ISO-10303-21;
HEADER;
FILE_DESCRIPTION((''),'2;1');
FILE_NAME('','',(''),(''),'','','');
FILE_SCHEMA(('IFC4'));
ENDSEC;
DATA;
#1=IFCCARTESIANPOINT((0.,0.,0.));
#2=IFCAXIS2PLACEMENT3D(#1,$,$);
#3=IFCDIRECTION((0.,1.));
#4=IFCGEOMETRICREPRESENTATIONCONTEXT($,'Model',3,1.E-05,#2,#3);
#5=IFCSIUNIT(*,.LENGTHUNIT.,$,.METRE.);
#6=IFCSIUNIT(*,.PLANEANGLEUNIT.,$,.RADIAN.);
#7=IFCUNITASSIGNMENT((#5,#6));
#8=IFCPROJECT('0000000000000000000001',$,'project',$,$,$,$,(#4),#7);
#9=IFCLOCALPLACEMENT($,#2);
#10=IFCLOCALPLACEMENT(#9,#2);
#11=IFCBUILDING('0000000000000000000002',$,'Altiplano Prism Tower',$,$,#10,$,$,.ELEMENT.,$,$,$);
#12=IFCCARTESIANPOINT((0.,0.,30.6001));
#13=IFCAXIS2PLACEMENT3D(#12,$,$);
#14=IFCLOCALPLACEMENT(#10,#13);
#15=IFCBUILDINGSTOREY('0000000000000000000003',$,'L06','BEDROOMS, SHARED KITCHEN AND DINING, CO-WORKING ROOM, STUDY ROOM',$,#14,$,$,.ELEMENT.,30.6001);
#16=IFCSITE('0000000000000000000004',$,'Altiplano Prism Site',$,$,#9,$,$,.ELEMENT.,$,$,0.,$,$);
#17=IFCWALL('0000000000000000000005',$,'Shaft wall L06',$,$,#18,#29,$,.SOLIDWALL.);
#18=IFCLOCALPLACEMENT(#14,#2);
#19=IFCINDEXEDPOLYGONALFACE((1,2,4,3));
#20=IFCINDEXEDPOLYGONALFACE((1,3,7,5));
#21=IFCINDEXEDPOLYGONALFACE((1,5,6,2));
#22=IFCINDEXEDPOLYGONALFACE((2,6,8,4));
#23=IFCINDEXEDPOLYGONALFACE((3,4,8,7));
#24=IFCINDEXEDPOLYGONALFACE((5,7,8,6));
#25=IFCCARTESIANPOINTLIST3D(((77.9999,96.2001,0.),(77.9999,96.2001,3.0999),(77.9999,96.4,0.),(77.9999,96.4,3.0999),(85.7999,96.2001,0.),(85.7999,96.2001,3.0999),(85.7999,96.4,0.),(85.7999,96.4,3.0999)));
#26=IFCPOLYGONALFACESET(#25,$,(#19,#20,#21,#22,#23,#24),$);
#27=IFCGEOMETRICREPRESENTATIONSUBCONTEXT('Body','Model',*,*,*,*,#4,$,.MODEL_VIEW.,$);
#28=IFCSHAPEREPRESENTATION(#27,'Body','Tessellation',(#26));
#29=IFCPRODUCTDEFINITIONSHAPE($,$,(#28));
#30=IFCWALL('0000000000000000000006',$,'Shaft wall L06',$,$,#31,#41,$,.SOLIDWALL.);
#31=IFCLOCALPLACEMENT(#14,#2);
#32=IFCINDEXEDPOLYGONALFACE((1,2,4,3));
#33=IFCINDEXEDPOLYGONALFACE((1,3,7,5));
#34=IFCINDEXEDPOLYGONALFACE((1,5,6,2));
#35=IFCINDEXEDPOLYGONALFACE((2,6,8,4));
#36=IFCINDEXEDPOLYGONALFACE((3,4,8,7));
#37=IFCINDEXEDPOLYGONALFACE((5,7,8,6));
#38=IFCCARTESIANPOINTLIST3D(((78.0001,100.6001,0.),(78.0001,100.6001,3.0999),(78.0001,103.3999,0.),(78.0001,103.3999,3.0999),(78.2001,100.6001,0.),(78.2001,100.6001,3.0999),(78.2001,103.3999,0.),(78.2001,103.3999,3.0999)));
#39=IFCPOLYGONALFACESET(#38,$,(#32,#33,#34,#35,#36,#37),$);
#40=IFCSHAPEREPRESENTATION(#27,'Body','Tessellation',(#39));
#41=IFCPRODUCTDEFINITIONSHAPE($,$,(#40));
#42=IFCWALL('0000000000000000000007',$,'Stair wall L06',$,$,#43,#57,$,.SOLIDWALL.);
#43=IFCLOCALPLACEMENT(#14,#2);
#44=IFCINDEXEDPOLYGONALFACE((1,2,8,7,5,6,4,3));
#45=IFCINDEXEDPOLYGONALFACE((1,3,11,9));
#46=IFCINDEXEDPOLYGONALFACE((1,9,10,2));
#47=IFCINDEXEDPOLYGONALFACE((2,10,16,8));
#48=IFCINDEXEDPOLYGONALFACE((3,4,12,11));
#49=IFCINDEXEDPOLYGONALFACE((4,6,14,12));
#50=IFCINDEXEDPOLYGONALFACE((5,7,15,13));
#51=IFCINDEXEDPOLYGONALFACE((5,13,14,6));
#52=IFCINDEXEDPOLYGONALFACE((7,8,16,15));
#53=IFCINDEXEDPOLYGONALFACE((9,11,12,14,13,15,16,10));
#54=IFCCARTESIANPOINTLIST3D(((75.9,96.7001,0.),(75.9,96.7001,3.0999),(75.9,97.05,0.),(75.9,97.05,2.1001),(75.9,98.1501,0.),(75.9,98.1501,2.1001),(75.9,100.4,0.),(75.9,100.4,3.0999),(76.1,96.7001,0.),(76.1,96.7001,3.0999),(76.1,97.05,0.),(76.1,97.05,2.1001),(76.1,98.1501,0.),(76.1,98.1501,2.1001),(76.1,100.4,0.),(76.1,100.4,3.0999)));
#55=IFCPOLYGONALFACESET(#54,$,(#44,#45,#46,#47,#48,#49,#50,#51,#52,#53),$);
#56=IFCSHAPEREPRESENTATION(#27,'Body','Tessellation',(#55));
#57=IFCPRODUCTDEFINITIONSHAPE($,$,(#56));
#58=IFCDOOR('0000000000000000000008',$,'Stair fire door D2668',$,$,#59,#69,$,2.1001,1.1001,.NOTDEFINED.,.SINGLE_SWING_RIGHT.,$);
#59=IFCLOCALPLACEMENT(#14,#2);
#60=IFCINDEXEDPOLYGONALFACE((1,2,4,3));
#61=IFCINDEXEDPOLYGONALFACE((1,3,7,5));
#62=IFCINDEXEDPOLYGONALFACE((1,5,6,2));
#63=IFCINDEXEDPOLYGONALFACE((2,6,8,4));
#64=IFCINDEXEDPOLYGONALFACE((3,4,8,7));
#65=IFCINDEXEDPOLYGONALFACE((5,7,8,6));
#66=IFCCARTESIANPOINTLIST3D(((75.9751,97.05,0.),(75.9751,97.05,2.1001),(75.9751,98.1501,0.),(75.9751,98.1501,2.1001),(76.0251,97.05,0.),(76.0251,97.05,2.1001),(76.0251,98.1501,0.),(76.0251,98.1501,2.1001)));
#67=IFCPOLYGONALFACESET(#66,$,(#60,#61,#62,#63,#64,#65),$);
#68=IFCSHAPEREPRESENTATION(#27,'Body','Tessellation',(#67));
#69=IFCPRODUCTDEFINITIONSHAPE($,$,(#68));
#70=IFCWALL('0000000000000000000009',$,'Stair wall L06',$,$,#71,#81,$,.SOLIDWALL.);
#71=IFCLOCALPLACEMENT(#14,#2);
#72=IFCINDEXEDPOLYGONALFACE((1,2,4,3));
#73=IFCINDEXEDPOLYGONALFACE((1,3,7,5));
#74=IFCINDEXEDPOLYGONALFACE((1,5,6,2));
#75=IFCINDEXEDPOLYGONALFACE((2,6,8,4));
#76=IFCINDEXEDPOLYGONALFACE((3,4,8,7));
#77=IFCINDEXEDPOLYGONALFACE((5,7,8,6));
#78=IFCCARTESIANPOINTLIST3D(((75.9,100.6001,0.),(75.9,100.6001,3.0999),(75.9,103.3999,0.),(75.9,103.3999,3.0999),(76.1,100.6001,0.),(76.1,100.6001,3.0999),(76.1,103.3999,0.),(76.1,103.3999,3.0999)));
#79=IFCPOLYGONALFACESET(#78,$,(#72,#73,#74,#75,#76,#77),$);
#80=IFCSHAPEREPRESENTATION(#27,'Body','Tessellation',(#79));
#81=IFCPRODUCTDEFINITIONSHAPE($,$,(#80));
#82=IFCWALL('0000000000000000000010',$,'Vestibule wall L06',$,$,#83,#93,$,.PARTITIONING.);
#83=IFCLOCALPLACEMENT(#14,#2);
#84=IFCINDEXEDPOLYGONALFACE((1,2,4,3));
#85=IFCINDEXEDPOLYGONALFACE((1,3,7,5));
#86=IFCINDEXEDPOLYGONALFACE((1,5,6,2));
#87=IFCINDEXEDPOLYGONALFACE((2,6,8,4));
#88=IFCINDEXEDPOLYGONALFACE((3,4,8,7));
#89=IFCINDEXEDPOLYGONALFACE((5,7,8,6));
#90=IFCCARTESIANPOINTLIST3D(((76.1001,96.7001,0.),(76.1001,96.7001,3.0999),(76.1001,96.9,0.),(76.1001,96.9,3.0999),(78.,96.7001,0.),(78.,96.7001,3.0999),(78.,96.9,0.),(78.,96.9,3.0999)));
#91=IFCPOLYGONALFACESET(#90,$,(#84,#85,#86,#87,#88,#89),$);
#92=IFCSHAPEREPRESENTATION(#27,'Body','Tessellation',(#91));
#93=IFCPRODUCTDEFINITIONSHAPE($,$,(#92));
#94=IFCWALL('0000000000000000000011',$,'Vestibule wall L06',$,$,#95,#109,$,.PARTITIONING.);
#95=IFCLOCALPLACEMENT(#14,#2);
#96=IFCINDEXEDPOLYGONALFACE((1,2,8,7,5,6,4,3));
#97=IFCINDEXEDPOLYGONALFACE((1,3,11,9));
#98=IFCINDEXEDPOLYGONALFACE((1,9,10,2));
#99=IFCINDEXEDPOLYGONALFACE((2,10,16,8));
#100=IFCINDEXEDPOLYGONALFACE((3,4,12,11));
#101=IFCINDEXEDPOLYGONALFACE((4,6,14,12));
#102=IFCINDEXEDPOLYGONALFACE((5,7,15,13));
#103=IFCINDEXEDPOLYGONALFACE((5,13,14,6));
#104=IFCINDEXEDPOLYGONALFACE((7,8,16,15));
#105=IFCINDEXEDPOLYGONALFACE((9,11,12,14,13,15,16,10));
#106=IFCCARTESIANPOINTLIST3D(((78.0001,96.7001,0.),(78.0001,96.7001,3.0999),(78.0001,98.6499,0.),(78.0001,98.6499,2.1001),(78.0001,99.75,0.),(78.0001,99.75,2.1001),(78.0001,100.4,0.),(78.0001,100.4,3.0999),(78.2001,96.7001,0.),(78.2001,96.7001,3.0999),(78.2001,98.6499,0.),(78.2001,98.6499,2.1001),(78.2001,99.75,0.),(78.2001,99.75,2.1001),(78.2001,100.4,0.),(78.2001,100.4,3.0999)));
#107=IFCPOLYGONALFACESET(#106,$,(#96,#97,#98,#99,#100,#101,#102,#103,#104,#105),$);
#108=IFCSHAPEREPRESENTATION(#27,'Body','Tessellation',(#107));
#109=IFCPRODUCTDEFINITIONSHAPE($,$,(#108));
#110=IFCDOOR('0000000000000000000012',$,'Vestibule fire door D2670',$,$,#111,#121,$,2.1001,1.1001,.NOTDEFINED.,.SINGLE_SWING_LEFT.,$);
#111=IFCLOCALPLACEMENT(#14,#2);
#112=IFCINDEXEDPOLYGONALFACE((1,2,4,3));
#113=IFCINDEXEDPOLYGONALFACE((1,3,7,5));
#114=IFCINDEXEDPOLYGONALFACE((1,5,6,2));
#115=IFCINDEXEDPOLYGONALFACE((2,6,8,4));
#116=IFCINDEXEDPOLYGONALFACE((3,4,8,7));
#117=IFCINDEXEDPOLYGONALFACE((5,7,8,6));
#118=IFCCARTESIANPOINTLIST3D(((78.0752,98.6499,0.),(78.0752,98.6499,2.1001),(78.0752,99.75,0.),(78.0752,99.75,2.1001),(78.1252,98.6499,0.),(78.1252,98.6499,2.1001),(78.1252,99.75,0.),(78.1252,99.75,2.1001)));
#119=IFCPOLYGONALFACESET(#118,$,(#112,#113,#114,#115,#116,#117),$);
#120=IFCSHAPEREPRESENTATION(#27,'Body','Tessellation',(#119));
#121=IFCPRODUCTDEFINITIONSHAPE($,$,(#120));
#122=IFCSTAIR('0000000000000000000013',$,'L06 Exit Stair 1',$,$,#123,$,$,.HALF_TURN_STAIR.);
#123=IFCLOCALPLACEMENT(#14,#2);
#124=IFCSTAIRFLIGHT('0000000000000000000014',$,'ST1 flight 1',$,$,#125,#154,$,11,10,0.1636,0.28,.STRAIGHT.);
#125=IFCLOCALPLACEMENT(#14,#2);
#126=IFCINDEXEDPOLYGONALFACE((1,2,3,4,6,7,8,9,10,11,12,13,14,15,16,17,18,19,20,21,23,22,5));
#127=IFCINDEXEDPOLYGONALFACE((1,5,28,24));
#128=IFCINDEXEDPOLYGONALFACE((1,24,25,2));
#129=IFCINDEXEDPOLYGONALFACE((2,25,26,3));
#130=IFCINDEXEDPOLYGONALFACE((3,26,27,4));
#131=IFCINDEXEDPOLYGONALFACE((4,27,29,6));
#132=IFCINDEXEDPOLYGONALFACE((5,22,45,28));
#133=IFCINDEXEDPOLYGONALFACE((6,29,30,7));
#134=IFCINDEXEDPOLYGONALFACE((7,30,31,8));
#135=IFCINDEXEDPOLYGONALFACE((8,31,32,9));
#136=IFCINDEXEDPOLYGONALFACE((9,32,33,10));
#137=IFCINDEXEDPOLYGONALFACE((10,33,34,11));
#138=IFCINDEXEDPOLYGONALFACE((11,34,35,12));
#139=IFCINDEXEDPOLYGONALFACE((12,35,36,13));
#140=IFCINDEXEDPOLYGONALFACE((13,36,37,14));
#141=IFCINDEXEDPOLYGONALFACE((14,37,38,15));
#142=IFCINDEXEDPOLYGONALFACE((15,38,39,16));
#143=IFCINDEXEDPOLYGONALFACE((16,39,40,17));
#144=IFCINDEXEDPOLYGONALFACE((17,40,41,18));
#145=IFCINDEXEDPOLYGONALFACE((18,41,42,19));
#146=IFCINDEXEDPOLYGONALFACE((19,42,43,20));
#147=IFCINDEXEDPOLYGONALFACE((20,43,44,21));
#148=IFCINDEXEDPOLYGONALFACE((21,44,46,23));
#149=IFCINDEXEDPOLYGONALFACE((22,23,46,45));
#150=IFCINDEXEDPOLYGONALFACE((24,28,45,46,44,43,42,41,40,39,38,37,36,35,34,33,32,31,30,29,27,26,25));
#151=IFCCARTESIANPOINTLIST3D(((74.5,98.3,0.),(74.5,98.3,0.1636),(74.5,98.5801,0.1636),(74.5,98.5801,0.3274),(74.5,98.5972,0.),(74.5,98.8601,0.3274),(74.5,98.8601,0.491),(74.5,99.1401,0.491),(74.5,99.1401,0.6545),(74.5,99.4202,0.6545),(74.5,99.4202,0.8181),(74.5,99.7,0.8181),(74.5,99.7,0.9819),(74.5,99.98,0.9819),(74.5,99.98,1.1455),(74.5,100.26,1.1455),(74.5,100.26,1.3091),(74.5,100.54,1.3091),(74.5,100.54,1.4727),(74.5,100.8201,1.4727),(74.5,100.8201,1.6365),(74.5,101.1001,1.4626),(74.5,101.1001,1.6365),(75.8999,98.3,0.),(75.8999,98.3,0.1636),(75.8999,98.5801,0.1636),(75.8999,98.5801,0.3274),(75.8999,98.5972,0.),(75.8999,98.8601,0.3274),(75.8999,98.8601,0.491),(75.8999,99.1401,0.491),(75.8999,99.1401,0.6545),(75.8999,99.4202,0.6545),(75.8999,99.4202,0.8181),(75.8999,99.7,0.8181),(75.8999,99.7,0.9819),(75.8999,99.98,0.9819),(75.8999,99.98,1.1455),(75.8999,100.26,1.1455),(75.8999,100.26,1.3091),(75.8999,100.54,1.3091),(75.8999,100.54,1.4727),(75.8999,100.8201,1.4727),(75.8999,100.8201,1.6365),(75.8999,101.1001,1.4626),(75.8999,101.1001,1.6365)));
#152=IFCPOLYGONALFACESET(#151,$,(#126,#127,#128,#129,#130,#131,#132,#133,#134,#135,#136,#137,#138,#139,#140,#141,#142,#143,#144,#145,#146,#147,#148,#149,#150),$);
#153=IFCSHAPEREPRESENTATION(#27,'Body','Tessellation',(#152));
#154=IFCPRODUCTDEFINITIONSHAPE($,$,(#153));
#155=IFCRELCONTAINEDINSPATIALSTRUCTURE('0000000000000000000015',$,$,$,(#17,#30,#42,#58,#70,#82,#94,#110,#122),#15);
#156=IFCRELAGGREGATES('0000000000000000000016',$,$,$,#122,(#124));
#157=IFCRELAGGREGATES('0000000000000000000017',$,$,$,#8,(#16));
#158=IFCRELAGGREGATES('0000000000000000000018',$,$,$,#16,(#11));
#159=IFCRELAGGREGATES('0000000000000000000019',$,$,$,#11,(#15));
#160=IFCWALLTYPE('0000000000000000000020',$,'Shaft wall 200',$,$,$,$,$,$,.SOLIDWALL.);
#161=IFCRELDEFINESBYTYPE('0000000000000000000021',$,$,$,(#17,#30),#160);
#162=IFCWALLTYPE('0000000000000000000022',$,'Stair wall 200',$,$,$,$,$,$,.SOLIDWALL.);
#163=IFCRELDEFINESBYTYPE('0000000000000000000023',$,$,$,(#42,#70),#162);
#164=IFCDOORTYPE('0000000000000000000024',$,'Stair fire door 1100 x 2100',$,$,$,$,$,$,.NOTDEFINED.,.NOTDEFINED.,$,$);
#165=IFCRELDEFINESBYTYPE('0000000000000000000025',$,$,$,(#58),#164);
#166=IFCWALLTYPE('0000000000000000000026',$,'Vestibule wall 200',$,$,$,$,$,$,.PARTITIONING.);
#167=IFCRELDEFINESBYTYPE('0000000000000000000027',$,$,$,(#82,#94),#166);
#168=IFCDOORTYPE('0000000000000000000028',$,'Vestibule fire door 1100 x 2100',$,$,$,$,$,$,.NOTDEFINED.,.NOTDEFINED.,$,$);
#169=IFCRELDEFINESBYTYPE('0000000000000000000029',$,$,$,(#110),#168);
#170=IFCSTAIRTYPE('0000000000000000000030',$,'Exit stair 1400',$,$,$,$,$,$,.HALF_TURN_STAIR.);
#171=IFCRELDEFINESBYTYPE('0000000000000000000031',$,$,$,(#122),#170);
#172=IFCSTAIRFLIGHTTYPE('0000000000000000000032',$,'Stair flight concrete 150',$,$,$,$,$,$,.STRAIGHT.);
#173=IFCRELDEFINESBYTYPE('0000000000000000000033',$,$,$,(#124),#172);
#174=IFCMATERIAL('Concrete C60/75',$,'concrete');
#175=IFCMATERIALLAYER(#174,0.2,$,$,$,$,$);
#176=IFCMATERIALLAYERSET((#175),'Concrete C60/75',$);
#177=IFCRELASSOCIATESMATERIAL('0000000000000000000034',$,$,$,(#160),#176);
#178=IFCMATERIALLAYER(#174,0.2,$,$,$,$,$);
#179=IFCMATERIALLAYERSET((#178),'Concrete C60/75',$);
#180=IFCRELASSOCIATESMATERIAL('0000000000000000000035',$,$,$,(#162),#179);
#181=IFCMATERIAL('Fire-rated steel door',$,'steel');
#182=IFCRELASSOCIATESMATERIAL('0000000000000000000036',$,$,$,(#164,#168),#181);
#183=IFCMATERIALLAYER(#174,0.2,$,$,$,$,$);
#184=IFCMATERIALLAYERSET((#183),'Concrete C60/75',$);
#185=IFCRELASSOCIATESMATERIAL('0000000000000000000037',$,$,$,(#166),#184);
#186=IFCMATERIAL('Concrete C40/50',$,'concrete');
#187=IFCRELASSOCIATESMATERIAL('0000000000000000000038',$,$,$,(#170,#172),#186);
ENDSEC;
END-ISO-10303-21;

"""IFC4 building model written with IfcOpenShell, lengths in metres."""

from ifc_helpers import new_model, si_unit, direction, frame, frame_2d, origin, place, context, subcontext, project, spatial, polyline, rectangle, outline, extrude, material, layer, layer_set, type_object, element, fill, aggregate, save


model = new_model("IFC4")

# Units and contexts
model_context = context("Model", 3, precision=1e-05, world=origin(), true_north=direction((0.0, 1.0)))
body_context = subcontext(model_context, "Body", "Model", "MODEL_VIEW")
ifc_project = project(units=[si_unit("LENGTHUNIT", "METRE"), si_unit("PLANEANGLEUNIT", "RADIAN")], contexts=[model_context])

# Site, building, storey
site_placement = place(None, origin())
site = spatial("IfcSite", under=ifc_project, at=site_placement, Name="Altiplano Prism Site", CompositionType="ELEMENT", RefElevation=0.0)
building_placement = place(site_placement, origin())
building = spatial("IfcBuilding", under=site, at=building_placement, Name="Altiplano Prism Tower", CompositionType="ELEMENT")
storey_placement = place(building_placement, frame((0.0, 0.0, 30.6001)))
storey = spatial("IfcBuildingStorey", under=building, at=storey_placement, Name="L06", Description="BEDROOMS, SHARED KITCHEN AND DINING, CO-WORKING ROOM, STUDY ROOM", CompositionType="ELEMENT", Elevation=30.6001)

# Walls
ifc_material_1 = material(Name="Concrete C60/75", Category="concrete")
ifc_layer_1 = layer(ifc_material_1, 0.2)
ifc_layer_set_1 = layer_set([ifc_layer_1], Name="Concrete C60/75")
wall_type_1 = type_object("IfcWallType", Name="Shaft wall 200", PredefinedType="SOLIDWALL", material=ifc_layer_set_1)
wall_1_placement = place(storey_placement, frame((78.0, 96.3, 0.0), z_axis=(0.0, 0.0, 1.0), x_axis=(1.0, 0.0, 0.0)))
element("IfcWall", 1, at=wall_1_placement, inside=storey, type_object=wall_type_1, Name="Shaft wall L06", PredefinedType="SOLIDWALL", context=body_context, shape_type="SweptSolid", body=[
    extrude(rectangle(XDim=7.8, YDim=0.2, at=frame_2d((3.8999, 0.0))), origin(), (0.0, 0.0, 1.0), 3.0999),
])
wall_2_placement = place(storey_placement, frame((78.1001, 100.6001, 0.0), z_axis=(0.0, 0.0, 1.0), x_axis=(0.0, 1.0, 0.0)))
element("IfcWall", 2, at=wall_2_placement, inside=storey, type_object=wall_type_1, Name="Shaft wall L06", PredefinedType="SOLIDWALL", context=body_context, shape_type="SweptSolid", body=[
    extrude(rectangle(XDim=2.7998, YDim=0.2, at=frame_2d((1.3999, 0.0))), origin(), (0.0, 0.0, 1.0), 3.0999),
])

# Wall, opening, door
ifc_layer_2 = layer(ifc_material_1, 0.2)
ifc_layer_set_2 = layer_set([ifc_layer_2], Name="Concrete C60/75")
wall_type_2 = type_object("IfcWallType", Name="Stair wall 200", PredefinedType="SOLIDWALL", material=ifc_layer_set_2)
wall_3_placement = place(storey_placement, frame((76.0, 96.7, 0.0), z_axis=(0.0, 0.0, 1.0), x_axis=(0.0, 1.0, 0.0)))
wall_3 = element("IfcWall", 3, at=wall_3_placement, inside=storey, type_object=wall_type_2, Name="Stair wall L06", PredefinedType="SOLIDWALL", context=body_context, shape_type="SweptSolid", body=[
    extrude(rectangle(XDim=3.7, YDim=0.2, at=frame_2d((1.8501, 0.0))), origin(), (0.0, 0.0, 1.0), 3.0999),
])
opening_1_placement = place(wall_3_placement, frame((0.3501, 0.0, 0.0)))
opening_1 = element("IfcOpeningElement", 4, at=opening_1_placement, cuts=wall_3, PredefinedType="OPENING", context=body_context, shape_type="SweptSolid", body=[
    extrude(rectangle(XDim=1.1001, YDim=2.1001, at=frame_2d((0.55, 1.05))), frame((0.0, 0.1104, 0.0), z_axis=(0.0, -1.0, 0.0), x_axis=(1.0, 0.0, 0.0)), (0.0, 0.0, 1.0), 0.2209),
])
ifc_material_2 = material(Name="Fire-rated steel door", Category="steel")
door_type_1 = type_object("IfcDoorType", Name="Stair fire door 1100 x 2100", OperationType="NOTDEFINED", PredefinedType="NOTDEFINED", material=ifc_material_2)
door_1_placement = place(opening_1_placement, origin())
door_1 = element("IfcDoor", 5, at=door_1_placement, inside=storey, type_object=door_type_1, Name="Stair fire door D2668", OperationType="SINGLE_SWING_RIGHT", OverallHeight=2.1001, OverallWidth=1.1001, PredefinedType="NOTDEFINED", context=body_context, shape_type="SweptSolid", body=[
    extrude(rectangle(XDim=1.1001, YDim=2.1001, at=frame_2d((0.55, 1.05))), frame((0.0, 0.0249, 0.0), z_axis=(0.0, -1.0, 0.0), x_axis=(1.0, 0.0, 0.0)), (0.0, 0.0, 1.0), 0.05),
])
fill(opening_1, door_1)

# Walls
wall_4_placement = place(storey_placement, frame((76.0, 100.6001, 0.0), z_axis=(0.0, 0.0, 1.0), x_axis=(0.0, 1.0, 0.0)))
element("IfcWall", 6, at=wall_4_placement, inside=storey, type_object=wall_type_2, Name="Stair wall L06", PredefinedType="SOLIDWALL", context=body_context, shape_type="SweptSolid", body=[
    extrude(rectangle(XDim=2.7998, YDim=0.2, at=frame_2d((1.3999, 0.0))), origin(), (0.0, 0.0, 1.0), 3.0999),
])
ifc_layer_3 = layer(ifc_material_1, 0.2)
ifc_layer_set_3 = layer_set([ifc_layer_3], Name="Concrete C60/75")
wall_type_3 = type_object("IfcWallType", Name="Vestibule wall 200", PredefinedType="PARTITIONING", material=ifc_layer_set_3)
wall_5_placement = place(storey_placement, frame((76.1001, 96.8, 0.0), z_axis=(0.0, 0.0, 1.0), x_axis=(1.0, 0.0, 0.0)))
element("IfcWall", 7, at=wall_5_placement, inside=storey, type_object=wall_type_3, Name="Vestibule wall L06", PredefinedType="PARTITIONING", context=body_context, shape_type="SweptSolid", body=[
    extrude(rectangle(XDim=1.8999, YDim=0.2, at=frame_2d((0.95, 0.0))), origin(), (0.0, 0.0, 1.0), 3.0999),
])

# Wall, opening, door
wall_6_placement = place(storey_placement, frame((78.1001, 96.7, 0.0), z_axis=(0.0, 0.0, 1.0), x_axis=(0.0, 1.0, 0.0)))
wall_6 = element("IfcWall", 8, at=wall_6_placement, inside=storey, type_object=wall_type_3, Name="Vestibule wall L06", PredefinedType="PARTITIONING", context=body_context, shape_type="SweptSolid", body=[
    extrude(rectangle(XDim=3.7, YDim=0.2, at=frame_2d((1.8501, 0.0))), origin(), (0.0, 0.0, 1.0), 3.0999),
])
opening_2_placement = place(wall_6_placement, frame((1.95, 0.0, 0.0)))
opening_2 = element("IfcOpeningElement", 9, at=opening_2_placement, cuts=wall_6, PredefinedType="OPENING", context=body_context, shape_type="SweptSolid", body=[
    extrude(rectangle(XDim=1.1001, YDim=2.1001, at=frame_2d((0.55, 1.05))), frame((0.0, 0.1104, 0.0), z_axis=(0.0, -1.0, 0.0), x_axis=(1.0, 0.0, 0.0)), (0.0, 0.0, 1.0), 0.2209),
])
door_type_2 = type_object("IfcDoorType", Name="Vestibule fire door 1100 x 2100", OperationType="NOTDEFINED", PredefinedType="NOTDEFINED", material=ifc_material_2)
door_2_placement = place(opening_2_placement, origin())
door_2 = element("IfcDoor", 10, at=door_2_placement, inside=storey, type_object=door_type_2, Name="Vestibule fire door D2670", OperationType="SINGLE_SWING_LEFT", OverallHeight=2.1001, OverallWidth=1.1001, PredefinedType="NOTDEFINED", context=body_context, shape_type="SweptSolid", body=[
    extrude(rectangle(XDim=1.1001, YDim=2.1001, at=frame_2d((0.55, 1.05))), frame((0.0, 0.0249, 0.0), z_axis=(0.0, -1.0, 0.0), x_axis=(1.0, 0.0, 0.0)), (0.0, 0.0, 1.0), 0.05),
])
fill(opening_2, door_2)

# Stair, stair flight
ifc_material_3 = material(Name="Concrete C40/50", Category="concrete")
stair_type = type_object("IfcStairType", Name="Exit stair 1400", PredefinedType="HALF_TURN_STAIR", material=ifc_material_3)
stair_placement = place(storey_placement, origin())
stair = element("IfcStair", 11, at=stair_placement, inside=storey, type_object=stair_type, Name="L06 Exit Stair 1", PredefinedType="HALF_TURN_STAIR")
stair_flight_type = type_object("IfcStairFlightType", Name="Stair flight concrete 150", PredefinedType="STRAIGHT", material=ifc_material_3)
stair_flight_placement = place(storey_placement, frame((75.2, 98.3, 0.0), z_axis=(0.0, 0.0, 1.0), x_axis=(0.0, 1.0, 0.0)))
stair_flight = element("IfcStairFlight", 12, at=stair_flight_placement, type_object=stair_flight_type, Name="ST1 flight 1", NumberOfRisers=11, NumberOfTreads=10, PredefinedType="STRAIGHT", RiserHeight=0.1636, TreadLength=0.28, context=body_context, shape_type="SweptSolid", body=[
    extrude(outline(polyline([(0.0, 0.0), (0.0, 0.1636), (0.28, 0.1636), (0.28, 0.3274), (0.5601, 0.3274), (0.5601, 0.491), (0.8401, 0.491), (0.8401, 0.6545), (1.1201, 0.6545), (1.1201, 0.8181), (1.3999, 0.8181), (1.3999, 0.9819), (1.6799, 0.9819), (1.6799, 1.1455), (1.96, 1.1455), (1.96, 1.3091), (2.24, 1.3091), (2.24, 1.4727), (2.52, 1.4727), (2.52, 1.6365), (2.8, 1.6365), (2.8, 1.8), (2.8, 1.4626), (0.2971, 0.0), (0.0, 0.0)])), frame((0.0, 0.7, 0.0), z_axis=(0.0, -1.0, 0.0), x_axis=(1.0, 0.0, 0.0)), (0.0, 0.0, 1.0), 1.3999),
])
aggregate(stair, [stair_flight])

save(model, "model.ifc")
